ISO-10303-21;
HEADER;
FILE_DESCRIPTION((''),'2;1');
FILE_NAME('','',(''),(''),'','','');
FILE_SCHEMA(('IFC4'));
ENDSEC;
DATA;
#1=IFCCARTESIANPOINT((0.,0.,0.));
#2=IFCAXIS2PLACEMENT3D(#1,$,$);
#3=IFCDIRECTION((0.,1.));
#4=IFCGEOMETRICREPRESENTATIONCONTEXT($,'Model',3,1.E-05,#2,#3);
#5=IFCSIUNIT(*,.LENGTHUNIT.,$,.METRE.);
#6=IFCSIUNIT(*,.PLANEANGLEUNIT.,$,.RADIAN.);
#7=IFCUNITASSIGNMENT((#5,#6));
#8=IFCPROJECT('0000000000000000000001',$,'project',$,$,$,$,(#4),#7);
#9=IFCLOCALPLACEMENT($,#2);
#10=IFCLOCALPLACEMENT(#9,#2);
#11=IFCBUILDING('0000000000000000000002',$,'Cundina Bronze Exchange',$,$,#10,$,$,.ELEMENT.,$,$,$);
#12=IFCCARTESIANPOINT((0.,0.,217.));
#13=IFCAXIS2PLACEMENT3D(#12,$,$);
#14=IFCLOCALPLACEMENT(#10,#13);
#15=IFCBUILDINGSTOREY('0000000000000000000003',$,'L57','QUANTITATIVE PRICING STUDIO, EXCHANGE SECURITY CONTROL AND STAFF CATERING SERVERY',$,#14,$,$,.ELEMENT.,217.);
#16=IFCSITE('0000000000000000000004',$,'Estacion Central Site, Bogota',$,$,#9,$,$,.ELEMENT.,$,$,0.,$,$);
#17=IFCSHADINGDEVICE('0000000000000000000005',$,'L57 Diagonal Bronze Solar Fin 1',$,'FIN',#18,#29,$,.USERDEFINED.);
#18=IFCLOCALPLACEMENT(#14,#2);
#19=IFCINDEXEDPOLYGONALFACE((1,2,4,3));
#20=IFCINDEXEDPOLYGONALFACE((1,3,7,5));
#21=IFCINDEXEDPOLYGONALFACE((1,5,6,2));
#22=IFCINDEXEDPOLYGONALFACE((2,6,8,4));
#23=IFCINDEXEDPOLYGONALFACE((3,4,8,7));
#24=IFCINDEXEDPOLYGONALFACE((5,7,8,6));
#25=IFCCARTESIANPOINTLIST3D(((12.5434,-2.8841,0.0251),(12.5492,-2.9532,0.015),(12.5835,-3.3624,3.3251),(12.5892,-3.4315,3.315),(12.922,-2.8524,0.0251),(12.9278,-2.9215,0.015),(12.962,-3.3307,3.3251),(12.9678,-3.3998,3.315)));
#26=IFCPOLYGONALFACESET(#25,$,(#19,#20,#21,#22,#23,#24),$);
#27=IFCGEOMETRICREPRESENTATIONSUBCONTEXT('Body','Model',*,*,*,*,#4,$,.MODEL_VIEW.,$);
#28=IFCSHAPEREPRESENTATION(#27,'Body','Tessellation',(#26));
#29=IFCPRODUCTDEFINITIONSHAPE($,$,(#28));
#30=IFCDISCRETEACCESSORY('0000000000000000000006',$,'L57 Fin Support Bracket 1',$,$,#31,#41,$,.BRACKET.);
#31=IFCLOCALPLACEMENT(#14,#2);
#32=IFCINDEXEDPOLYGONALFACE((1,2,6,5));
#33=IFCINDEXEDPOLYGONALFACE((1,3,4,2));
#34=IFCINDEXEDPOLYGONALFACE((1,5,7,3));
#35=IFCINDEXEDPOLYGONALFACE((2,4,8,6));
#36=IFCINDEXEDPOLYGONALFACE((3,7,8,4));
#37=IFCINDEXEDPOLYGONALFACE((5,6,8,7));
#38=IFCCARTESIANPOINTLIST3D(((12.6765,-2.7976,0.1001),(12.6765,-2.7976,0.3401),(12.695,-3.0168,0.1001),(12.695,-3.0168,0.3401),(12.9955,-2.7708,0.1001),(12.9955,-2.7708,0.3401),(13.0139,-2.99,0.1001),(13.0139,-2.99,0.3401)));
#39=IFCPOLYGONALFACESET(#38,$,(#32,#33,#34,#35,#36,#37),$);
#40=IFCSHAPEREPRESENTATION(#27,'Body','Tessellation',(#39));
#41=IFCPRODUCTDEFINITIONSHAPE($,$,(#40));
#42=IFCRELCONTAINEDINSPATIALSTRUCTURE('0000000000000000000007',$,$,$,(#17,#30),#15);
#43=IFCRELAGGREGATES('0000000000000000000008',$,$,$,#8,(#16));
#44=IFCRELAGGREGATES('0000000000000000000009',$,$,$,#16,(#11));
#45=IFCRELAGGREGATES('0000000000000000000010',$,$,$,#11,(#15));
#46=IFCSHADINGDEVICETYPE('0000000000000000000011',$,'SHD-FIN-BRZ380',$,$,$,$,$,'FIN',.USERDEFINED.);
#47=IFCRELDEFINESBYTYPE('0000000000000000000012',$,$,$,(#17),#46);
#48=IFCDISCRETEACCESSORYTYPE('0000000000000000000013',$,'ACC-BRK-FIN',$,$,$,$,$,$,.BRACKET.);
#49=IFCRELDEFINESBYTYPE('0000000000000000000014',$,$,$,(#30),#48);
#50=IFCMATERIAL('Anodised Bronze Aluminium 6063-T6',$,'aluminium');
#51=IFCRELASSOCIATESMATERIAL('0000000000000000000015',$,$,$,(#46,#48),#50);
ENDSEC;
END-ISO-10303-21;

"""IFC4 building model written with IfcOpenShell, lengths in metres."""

from ifc_helpers import new_model, si_unit, direction, frame, origin, origin_2d, place, context, subcontext, project, spatial, rectangle, extrude, material, material_profile, profile_set, type_object, element, save


model = new_model("IFC4")

# Units and contexts
model_context = context("Model", 3, precision=1e-05, world=origin(), true_north=direction((0.0, 1.0)))
body_context = subcontext(model_context, "Body", "Model", "MODEL_VIEW")
ifc_project = project(units=[si_unit("LENGTHUNIT", "METRE"), si_unit("PLANEANGLEUNIT", "RADIAN")], contexts=[model_context])

# Site, building, storey
site_placement = place(None, origin())
site = spatial("IfcSite", under=ifc_project, at=site_placement, Name="Estacion Central Site, Bogota", CompositionType="ELEMENT", RefElevation=0.0)
building_placement = place(site_placement, origin())
building = spatial("IfcBuilding", under=site, at=building_placement, Name="Cundina Bronze Exchange", CompositionType="ELEMENT")
storey_placement = place(building_placement, frame((0.0, 0.0, 217.0)))
storey = spatial("IfcBuildingStorey", under=building, at=storey_placement, Name="L57", Description="QUANTITATIVE PRICING STUDIO, EXCHANGE SECURITY CONTROL AND STAFF CATERING SERVERY", CompositionType="ELEMENT", Elevation=217.0)

# Shared definitions
ifc_material_1 = material(Name="Anodised Bronze Aluminium 6063-T6", Category="aluminium")

# Shading device
ifc_material_profile_1 = material_profile(ifc_material_1, rectangle(XDim=0.0701, YDim=0.3799, at=origin_2d()), Name="FIN70X380", Category="aluminium")
ifc_profile_set_1 = profile_set([ifc_material_profile_1], Name="Anodised Bronze Aluminium 6063-T6")
shading_device_type = type_object("IfcShadingDeviceType", Name="SHD-FIN-BRZ380", ElementType="FIN", PredefinedType="USERDEFINED", material=ifc_profile_set_1)
shading_device_placement = place(storey_placement, frame((12.7356, -2.9028, 0.02), z_axis=(0.012007, -0.14342, 0.989589), x_axis=(-0.082556, 0.98614, 0.143921)))
element("IfcShadingDevice", 1, at=shading_device_placement, inside=storey, type_object=shading_device_type, Name="L57 Diagonal Bronze Solar Fin 1", ObjectType="FIN", PredefinedType="USERDEFINED", context=body_context, shape_type="SweptSolid", body=[
    extrude(rectangle(XDim=0.0701, YDim=0.3799, at=origin_2d()), origin(), (0.0, 0.0, 1.0), 3.3347),
])

# Discrete accessory
discrete_accessory_type = type_object("IfcDiscreteAccessoryType", Name="ACC-BRK-FIN", PredefinedType="BRACKET", material=ifc_material_1)
discrete_accessory_placement = place(storey_placement, frame((12.8452, -2.8938, 0.1001), z_axis=(0.0, 0.0, 1.0), x_axis=(0.083747, -0.996487, 0.0)))
element("IfcDiscreteAccessory", 2, at=discrete_accessory_placement, inside=storey, type_object=discrete_accessory_type, Name="L57 Fin Support Bracket 1", PredefinedType="BRACKET", context=body_context, shape_type="SweptSolid", body=[
    extrude(rectangle(XDim=0.22, YDim=0.3201, at=origin_2d()), origin(), (0.0, 0.0, 1.0), 0.24),
])

save(model, "model.ifc")
